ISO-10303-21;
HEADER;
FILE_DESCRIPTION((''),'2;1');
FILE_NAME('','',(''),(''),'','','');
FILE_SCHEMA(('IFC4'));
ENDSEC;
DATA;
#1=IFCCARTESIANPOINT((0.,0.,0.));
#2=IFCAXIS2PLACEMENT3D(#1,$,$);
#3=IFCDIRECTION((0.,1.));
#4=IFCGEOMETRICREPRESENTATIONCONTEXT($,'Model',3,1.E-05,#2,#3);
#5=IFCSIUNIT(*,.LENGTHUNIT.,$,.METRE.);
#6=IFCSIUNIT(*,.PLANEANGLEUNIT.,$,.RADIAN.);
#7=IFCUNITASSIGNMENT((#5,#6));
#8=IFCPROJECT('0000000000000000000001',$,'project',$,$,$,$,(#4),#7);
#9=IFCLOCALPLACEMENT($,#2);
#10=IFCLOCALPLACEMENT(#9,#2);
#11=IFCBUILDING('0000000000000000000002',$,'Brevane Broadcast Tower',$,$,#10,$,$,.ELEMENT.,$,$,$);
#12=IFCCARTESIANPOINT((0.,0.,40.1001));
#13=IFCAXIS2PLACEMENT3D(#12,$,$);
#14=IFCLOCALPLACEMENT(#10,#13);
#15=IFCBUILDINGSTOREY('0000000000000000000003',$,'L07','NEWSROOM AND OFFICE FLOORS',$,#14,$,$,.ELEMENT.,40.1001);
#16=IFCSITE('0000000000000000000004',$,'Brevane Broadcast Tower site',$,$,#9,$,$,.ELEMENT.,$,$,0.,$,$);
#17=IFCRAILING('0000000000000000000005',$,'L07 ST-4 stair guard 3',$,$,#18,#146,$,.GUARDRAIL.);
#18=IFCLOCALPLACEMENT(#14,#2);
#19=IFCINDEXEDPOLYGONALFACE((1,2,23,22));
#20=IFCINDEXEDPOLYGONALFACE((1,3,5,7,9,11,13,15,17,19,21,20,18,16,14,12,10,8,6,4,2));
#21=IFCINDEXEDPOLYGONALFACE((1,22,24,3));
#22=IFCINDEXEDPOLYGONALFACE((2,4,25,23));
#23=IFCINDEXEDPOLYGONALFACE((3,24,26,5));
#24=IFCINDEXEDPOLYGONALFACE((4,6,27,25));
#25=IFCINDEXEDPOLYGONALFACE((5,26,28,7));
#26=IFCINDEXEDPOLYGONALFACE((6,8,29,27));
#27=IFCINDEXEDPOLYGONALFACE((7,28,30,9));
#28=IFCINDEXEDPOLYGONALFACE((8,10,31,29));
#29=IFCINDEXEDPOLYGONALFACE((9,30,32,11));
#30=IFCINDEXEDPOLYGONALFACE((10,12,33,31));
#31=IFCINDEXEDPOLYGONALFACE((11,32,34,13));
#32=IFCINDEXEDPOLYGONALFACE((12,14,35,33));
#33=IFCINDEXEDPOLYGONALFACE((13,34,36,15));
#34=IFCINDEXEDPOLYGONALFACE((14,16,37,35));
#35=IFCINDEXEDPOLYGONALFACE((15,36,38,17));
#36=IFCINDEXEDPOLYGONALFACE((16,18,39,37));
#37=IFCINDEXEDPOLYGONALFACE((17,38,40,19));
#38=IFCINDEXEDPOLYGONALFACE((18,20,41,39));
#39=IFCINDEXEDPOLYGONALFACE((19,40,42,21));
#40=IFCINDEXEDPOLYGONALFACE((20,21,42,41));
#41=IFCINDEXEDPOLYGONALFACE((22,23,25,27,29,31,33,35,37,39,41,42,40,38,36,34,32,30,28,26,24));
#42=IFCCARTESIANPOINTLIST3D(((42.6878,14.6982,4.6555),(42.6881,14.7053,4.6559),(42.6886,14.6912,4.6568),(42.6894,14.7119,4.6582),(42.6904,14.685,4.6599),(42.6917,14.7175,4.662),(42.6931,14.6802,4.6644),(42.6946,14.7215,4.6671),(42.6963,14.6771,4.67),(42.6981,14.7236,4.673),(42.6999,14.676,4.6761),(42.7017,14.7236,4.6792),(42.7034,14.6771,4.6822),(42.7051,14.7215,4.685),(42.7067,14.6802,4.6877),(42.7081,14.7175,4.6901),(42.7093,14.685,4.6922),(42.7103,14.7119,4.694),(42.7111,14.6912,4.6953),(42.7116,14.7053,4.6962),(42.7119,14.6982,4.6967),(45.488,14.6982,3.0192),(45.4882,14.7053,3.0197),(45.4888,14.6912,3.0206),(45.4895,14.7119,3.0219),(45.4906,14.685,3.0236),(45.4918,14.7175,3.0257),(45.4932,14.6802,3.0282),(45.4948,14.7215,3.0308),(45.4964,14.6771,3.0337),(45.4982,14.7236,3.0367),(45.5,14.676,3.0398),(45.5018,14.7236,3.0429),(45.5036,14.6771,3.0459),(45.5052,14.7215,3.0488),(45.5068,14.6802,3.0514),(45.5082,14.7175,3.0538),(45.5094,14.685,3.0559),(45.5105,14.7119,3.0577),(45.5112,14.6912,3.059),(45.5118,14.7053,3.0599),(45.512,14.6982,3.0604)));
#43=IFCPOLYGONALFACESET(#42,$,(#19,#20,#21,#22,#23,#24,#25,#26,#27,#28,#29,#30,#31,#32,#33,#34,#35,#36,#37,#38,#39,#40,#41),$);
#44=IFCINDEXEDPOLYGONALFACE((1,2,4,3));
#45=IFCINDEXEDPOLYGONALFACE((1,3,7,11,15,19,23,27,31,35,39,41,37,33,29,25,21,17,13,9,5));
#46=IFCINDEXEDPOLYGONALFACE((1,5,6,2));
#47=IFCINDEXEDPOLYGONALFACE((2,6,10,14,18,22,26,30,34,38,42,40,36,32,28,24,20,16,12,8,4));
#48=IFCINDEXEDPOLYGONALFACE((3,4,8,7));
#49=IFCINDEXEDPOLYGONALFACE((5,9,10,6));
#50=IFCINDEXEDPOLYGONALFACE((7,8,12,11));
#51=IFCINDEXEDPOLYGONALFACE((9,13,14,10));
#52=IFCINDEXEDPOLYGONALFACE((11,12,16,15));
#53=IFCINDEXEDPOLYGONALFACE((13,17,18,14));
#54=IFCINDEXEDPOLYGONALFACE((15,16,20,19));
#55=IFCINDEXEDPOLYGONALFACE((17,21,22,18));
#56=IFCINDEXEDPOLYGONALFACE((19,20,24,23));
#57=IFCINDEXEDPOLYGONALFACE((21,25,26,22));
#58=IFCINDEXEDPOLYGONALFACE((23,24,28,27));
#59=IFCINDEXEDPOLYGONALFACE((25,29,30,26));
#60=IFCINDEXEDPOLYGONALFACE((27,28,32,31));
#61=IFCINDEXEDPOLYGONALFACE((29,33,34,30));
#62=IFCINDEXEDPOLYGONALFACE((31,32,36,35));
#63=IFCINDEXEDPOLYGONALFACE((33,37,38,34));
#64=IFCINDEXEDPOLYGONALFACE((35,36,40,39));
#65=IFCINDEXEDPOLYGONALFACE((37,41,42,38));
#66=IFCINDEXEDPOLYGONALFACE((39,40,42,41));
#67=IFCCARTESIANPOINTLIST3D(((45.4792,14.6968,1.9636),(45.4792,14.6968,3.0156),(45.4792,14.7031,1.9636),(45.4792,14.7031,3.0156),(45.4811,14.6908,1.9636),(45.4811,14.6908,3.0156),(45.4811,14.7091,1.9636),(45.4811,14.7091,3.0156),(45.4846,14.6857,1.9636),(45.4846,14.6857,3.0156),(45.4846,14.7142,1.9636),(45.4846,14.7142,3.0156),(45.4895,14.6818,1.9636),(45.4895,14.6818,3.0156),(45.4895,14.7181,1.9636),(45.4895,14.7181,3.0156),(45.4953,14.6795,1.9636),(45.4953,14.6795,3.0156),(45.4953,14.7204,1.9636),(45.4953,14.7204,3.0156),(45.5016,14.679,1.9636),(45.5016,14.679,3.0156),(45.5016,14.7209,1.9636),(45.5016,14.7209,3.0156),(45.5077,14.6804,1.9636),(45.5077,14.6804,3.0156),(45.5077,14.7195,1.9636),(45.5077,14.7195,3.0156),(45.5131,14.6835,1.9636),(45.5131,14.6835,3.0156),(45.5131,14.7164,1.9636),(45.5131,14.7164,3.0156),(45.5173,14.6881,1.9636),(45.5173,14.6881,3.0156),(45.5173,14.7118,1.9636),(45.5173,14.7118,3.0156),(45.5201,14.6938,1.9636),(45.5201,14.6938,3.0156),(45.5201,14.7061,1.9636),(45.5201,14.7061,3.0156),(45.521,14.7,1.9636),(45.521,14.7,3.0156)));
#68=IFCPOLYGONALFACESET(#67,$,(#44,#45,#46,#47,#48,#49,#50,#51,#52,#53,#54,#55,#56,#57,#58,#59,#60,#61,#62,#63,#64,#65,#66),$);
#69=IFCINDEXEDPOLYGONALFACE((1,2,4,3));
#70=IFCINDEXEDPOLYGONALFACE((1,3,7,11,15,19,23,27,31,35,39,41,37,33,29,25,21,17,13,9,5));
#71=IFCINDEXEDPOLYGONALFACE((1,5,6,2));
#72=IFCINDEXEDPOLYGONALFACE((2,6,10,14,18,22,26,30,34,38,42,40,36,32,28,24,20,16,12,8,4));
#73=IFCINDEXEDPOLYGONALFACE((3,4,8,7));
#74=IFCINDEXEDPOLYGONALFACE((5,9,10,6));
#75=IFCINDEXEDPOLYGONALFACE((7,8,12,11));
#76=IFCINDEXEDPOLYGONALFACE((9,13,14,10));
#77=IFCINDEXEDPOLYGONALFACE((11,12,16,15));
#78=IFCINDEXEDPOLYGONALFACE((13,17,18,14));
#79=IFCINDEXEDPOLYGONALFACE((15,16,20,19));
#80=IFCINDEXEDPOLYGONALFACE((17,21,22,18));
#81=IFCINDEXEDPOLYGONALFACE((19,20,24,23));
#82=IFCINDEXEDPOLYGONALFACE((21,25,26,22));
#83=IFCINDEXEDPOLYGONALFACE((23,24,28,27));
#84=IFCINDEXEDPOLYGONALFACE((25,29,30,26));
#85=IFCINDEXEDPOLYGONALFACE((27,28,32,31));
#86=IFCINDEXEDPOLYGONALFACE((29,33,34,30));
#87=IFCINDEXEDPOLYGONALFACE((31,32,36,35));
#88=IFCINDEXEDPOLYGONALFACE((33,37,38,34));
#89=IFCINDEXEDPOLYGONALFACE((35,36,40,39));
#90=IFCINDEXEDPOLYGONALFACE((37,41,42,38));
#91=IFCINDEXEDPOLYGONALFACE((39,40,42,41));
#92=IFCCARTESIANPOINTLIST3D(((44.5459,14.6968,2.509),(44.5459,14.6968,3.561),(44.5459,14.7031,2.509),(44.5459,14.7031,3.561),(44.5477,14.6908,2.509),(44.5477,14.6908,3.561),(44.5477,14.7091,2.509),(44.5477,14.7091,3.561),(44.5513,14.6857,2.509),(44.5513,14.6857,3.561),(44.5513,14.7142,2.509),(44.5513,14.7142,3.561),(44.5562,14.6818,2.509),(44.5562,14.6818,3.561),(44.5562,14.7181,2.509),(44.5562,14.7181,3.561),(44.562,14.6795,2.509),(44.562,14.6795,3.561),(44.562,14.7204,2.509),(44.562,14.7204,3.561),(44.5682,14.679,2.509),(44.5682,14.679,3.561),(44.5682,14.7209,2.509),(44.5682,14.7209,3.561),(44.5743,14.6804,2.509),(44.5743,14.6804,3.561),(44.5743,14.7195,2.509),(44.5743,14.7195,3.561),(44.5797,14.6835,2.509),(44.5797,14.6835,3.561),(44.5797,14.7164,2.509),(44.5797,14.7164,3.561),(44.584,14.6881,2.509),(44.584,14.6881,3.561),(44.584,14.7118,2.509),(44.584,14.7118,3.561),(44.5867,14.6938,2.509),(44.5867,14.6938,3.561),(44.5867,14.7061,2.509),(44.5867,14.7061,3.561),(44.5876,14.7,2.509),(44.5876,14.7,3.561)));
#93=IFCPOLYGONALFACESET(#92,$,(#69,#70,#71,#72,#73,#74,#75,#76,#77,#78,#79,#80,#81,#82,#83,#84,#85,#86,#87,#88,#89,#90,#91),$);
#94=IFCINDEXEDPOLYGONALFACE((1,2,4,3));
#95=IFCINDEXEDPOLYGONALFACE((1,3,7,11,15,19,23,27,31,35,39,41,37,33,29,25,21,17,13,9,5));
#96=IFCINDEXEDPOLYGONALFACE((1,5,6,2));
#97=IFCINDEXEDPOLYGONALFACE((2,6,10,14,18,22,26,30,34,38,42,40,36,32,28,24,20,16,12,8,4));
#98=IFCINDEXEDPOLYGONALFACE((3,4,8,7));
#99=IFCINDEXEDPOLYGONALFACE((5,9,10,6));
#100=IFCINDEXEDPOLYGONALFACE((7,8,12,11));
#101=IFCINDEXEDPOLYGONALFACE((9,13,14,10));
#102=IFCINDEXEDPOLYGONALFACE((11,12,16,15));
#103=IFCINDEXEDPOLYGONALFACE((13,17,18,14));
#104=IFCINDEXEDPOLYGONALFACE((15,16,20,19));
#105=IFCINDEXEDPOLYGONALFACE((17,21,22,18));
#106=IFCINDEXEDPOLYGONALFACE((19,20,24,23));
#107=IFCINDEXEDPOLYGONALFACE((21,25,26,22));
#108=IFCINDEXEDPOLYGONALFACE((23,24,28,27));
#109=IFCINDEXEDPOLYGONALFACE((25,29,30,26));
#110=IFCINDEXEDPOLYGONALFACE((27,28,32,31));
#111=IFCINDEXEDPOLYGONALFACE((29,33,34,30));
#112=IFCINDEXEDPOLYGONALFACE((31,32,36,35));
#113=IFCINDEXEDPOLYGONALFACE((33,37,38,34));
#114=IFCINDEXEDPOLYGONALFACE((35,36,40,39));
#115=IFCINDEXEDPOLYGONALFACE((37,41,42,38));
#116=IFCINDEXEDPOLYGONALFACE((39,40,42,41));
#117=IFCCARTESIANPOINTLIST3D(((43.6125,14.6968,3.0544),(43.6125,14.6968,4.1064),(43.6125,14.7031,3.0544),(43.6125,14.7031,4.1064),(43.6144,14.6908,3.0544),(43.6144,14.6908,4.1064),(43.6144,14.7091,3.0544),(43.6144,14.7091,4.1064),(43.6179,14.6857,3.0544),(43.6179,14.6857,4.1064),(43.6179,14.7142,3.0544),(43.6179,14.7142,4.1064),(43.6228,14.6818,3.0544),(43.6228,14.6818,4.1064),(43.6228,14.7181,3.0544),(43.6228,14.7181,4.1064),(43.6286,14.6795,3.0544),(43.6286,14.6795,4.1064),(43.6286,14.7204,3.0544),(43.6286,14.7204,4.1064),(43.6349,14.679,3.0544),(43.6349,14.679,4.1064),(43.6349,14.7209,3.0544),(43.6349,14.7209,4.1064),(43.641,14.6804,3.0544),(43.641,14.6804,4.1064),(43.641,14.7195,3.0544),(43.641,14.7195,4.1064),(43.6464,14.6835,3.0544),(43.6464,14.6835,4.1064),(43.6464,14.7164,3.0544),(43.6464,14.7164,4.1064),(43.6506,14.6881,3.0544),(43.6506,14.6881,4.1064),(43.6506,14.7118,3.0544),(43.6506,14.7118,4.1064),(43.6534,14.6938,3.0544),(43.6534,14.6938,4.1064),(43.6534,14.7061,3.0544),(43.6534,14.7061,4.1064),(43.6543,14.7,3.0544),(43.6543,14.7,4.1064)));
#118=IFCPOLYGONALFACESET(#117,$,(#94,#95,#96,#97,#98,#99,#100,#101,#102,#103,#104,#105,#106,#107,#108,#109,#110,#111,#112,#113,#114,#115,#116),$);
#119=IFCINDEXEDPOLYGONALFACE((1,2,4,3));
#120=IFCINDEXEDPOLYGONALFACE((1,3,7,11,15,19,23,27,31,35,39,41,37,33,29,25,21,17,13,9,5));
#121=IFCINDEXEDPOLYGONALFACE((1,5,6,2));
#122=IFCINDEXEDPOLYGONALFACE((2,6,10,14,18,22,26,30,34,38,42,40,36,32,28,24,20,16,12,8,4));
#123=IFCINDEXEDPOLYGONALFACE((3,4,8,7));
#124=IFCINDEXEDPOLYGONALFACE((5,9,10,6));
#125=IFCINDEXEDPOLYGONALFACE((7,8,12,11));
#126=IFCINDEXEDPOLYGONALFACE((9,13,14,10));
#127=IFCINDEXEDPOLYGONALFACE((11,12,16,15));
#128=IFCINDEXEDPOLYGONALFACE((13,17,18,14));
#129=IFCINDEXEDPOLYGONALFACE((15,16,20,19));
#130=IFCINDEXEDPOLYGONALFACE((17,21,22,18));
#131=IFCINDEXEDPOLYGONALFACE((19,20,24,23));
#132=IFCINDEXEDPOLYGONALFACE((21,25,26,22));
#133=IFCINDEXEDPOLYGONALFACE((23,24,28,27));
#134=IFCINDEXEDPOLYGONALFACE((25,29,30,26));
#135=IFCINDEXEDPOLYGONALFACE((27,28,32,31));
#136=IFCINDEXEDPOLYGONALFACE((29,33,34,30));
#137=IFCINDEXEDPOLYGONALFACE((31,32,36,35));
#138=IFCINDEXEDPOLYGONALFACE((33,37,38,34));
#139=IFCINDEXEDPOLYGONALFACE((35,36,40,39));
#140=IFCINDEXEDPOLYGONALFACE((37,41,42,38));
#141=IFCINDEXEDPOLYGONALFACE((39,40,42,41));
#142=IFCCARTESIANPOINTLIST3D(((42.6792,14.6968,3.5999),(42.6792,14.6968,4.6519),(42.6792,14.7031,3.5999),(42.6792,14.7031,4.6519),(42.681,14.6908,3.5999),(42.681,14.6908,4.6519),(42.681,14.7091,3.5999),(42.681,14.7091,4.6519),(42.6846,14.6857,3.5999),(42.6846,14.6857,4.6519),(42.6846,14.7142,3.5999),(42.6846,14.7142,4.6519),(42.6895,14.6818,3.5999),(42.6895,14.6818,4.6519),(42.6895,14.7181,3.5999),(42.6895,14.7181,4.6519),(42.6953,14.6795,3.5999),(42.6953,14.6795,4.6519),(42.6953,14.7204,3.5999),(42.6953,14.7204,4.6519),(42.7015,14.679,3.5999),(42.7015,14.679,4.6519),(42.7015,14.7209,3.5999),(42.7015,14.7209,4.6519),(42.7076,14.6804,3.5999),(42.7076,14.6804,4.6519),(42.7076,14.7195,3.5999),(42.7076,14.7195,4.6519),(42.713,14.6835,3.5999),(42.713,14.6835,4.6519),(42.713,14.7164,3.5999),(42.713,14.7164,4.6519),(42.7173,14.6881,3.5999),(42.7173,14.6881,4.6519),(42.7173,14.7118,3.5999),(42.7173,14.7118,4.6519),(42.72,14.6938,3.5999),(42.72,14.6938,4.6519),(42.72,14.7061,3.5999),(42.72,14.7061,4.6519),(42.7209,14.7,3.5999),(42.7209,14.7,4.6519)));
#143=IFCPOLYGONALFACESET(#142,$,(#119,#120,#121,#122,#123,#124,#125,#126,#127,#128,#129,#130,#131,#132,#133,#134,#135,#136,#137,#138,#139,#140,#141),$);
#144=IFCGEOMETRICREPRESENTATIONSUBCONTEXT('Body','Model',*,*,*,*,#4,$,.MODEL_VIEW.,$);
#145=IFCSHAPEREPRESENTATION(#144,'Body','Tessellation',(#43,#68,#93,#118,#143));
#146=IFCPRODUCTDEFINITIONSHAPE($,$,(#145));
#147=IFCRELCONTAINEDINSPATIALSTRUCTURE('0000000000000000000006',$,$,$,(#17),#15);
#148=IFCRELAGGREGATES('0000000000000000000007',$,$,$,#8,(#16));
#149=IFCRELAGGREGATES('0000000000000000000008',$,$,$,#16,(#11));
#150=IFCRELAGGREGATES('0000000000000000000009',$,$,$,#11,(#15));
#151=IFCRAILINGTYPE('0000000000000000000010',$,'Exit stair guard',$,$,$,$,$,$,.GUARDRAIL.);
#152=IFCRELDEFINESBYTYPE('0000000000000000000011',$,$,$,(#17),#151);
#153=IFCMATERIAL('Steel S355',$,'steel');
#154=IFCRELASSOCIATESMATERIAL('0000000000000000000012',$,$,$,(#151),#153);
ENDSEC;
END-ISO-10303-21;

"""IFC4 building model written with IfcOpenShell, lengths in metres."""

from ifc_helpers import new_model, si_unit, direction, frame, origin, origin_2d, place, context, subcontext, project, spatial, circle, extrude, material, type_object, element, save


model = new_model("IFC4")

# Units and contexts
model_context = context("Model", 3, precision=1e-05, world=origin(), true_north=direction((0.0, 1.0)))
body_context = subcontext(model_context, "Body", "Model", "MODEL_VIEW")
ifc_project = project(units=[si_unit("LENGTHUNIT", "METRE"), si_unit("PLANEANGLEUNIT", "RADIAN")], contexts=[model_context])

# Site, building, storey
site_placement = place(None, origin())
site = spatial("IfcSite", under=ifc_project, at=site_placement, Name="Brevane Broadcast Tower site", CompositionType="ELEMENT", RefElevation=0.0)
building_placement = place(site_placement, origin())
building = spatial("IfcBuilding", under=site, at=building_placement, Name="Brevane Broadcast Tower", CompositionType="ELEMENT")
storey_placement = place(building_placement, frame((0.0, 0.0, 40.1001)))
storey = spatial("IfcBuildingStorey", under=building, at=storey_placement, Name="L07", Description="NEWSROOM AND OFFICE FLOORS", CompositionType="ELEMENT", Elevation=40.1001)

# Railing
ifc_material_1 = material(Name="Steel S355", Category="steel")
railing_type_1 = type_object("IfcRailingType", Name="Exit stair guard", PredefinedType="GUARDRAIL", material=ifc_material_1)
railing_1_placement = place(storey_placement, frame((45.5, 14.7, 1.9636)))
element("IfcRailing", 1, at=railing_1_placement, inside=storey, type_object=railing_type_1, Name="L07 ST-4 stair guard 3", PredefinedType="GUARDRAIL", context=body_context, shape_type="SweptSolid", body=[
    extrude(circle(Radius=0.0239, at=origin_2d()), frame((0.0, 0.0, 1.0762), z_axis=(-0.863394, 0.0, 0.504531), x_axis=(0.0, -1.0, 0.0)), (0.0, 0.0, 1.0), 3.2432),
    extrude(circle(Radius=0.021, at=origin_2d()), origin(), (0.0, 0.0, 1.0), 1.052),
    extrude(circle(Radius=0.021, at=origin_2d()), frame((-0.9333, 0.0, 0.5454)), (0.0, 0.0, 1.0), 1.052),
    extrude(circle(Radius=0.021, at=origin_2d()), frame((-1.8667, 0.0, 1.0908)), (0.0, 0.0, 1.0), 1.052),
    extrude(circle(Radius=0.021, at=origin_2d()), frame((-2.8, 0.0, 1.6362)), (0.0, 0.0, 1.0), 1.052),
])

save(model, "model.ifc")
